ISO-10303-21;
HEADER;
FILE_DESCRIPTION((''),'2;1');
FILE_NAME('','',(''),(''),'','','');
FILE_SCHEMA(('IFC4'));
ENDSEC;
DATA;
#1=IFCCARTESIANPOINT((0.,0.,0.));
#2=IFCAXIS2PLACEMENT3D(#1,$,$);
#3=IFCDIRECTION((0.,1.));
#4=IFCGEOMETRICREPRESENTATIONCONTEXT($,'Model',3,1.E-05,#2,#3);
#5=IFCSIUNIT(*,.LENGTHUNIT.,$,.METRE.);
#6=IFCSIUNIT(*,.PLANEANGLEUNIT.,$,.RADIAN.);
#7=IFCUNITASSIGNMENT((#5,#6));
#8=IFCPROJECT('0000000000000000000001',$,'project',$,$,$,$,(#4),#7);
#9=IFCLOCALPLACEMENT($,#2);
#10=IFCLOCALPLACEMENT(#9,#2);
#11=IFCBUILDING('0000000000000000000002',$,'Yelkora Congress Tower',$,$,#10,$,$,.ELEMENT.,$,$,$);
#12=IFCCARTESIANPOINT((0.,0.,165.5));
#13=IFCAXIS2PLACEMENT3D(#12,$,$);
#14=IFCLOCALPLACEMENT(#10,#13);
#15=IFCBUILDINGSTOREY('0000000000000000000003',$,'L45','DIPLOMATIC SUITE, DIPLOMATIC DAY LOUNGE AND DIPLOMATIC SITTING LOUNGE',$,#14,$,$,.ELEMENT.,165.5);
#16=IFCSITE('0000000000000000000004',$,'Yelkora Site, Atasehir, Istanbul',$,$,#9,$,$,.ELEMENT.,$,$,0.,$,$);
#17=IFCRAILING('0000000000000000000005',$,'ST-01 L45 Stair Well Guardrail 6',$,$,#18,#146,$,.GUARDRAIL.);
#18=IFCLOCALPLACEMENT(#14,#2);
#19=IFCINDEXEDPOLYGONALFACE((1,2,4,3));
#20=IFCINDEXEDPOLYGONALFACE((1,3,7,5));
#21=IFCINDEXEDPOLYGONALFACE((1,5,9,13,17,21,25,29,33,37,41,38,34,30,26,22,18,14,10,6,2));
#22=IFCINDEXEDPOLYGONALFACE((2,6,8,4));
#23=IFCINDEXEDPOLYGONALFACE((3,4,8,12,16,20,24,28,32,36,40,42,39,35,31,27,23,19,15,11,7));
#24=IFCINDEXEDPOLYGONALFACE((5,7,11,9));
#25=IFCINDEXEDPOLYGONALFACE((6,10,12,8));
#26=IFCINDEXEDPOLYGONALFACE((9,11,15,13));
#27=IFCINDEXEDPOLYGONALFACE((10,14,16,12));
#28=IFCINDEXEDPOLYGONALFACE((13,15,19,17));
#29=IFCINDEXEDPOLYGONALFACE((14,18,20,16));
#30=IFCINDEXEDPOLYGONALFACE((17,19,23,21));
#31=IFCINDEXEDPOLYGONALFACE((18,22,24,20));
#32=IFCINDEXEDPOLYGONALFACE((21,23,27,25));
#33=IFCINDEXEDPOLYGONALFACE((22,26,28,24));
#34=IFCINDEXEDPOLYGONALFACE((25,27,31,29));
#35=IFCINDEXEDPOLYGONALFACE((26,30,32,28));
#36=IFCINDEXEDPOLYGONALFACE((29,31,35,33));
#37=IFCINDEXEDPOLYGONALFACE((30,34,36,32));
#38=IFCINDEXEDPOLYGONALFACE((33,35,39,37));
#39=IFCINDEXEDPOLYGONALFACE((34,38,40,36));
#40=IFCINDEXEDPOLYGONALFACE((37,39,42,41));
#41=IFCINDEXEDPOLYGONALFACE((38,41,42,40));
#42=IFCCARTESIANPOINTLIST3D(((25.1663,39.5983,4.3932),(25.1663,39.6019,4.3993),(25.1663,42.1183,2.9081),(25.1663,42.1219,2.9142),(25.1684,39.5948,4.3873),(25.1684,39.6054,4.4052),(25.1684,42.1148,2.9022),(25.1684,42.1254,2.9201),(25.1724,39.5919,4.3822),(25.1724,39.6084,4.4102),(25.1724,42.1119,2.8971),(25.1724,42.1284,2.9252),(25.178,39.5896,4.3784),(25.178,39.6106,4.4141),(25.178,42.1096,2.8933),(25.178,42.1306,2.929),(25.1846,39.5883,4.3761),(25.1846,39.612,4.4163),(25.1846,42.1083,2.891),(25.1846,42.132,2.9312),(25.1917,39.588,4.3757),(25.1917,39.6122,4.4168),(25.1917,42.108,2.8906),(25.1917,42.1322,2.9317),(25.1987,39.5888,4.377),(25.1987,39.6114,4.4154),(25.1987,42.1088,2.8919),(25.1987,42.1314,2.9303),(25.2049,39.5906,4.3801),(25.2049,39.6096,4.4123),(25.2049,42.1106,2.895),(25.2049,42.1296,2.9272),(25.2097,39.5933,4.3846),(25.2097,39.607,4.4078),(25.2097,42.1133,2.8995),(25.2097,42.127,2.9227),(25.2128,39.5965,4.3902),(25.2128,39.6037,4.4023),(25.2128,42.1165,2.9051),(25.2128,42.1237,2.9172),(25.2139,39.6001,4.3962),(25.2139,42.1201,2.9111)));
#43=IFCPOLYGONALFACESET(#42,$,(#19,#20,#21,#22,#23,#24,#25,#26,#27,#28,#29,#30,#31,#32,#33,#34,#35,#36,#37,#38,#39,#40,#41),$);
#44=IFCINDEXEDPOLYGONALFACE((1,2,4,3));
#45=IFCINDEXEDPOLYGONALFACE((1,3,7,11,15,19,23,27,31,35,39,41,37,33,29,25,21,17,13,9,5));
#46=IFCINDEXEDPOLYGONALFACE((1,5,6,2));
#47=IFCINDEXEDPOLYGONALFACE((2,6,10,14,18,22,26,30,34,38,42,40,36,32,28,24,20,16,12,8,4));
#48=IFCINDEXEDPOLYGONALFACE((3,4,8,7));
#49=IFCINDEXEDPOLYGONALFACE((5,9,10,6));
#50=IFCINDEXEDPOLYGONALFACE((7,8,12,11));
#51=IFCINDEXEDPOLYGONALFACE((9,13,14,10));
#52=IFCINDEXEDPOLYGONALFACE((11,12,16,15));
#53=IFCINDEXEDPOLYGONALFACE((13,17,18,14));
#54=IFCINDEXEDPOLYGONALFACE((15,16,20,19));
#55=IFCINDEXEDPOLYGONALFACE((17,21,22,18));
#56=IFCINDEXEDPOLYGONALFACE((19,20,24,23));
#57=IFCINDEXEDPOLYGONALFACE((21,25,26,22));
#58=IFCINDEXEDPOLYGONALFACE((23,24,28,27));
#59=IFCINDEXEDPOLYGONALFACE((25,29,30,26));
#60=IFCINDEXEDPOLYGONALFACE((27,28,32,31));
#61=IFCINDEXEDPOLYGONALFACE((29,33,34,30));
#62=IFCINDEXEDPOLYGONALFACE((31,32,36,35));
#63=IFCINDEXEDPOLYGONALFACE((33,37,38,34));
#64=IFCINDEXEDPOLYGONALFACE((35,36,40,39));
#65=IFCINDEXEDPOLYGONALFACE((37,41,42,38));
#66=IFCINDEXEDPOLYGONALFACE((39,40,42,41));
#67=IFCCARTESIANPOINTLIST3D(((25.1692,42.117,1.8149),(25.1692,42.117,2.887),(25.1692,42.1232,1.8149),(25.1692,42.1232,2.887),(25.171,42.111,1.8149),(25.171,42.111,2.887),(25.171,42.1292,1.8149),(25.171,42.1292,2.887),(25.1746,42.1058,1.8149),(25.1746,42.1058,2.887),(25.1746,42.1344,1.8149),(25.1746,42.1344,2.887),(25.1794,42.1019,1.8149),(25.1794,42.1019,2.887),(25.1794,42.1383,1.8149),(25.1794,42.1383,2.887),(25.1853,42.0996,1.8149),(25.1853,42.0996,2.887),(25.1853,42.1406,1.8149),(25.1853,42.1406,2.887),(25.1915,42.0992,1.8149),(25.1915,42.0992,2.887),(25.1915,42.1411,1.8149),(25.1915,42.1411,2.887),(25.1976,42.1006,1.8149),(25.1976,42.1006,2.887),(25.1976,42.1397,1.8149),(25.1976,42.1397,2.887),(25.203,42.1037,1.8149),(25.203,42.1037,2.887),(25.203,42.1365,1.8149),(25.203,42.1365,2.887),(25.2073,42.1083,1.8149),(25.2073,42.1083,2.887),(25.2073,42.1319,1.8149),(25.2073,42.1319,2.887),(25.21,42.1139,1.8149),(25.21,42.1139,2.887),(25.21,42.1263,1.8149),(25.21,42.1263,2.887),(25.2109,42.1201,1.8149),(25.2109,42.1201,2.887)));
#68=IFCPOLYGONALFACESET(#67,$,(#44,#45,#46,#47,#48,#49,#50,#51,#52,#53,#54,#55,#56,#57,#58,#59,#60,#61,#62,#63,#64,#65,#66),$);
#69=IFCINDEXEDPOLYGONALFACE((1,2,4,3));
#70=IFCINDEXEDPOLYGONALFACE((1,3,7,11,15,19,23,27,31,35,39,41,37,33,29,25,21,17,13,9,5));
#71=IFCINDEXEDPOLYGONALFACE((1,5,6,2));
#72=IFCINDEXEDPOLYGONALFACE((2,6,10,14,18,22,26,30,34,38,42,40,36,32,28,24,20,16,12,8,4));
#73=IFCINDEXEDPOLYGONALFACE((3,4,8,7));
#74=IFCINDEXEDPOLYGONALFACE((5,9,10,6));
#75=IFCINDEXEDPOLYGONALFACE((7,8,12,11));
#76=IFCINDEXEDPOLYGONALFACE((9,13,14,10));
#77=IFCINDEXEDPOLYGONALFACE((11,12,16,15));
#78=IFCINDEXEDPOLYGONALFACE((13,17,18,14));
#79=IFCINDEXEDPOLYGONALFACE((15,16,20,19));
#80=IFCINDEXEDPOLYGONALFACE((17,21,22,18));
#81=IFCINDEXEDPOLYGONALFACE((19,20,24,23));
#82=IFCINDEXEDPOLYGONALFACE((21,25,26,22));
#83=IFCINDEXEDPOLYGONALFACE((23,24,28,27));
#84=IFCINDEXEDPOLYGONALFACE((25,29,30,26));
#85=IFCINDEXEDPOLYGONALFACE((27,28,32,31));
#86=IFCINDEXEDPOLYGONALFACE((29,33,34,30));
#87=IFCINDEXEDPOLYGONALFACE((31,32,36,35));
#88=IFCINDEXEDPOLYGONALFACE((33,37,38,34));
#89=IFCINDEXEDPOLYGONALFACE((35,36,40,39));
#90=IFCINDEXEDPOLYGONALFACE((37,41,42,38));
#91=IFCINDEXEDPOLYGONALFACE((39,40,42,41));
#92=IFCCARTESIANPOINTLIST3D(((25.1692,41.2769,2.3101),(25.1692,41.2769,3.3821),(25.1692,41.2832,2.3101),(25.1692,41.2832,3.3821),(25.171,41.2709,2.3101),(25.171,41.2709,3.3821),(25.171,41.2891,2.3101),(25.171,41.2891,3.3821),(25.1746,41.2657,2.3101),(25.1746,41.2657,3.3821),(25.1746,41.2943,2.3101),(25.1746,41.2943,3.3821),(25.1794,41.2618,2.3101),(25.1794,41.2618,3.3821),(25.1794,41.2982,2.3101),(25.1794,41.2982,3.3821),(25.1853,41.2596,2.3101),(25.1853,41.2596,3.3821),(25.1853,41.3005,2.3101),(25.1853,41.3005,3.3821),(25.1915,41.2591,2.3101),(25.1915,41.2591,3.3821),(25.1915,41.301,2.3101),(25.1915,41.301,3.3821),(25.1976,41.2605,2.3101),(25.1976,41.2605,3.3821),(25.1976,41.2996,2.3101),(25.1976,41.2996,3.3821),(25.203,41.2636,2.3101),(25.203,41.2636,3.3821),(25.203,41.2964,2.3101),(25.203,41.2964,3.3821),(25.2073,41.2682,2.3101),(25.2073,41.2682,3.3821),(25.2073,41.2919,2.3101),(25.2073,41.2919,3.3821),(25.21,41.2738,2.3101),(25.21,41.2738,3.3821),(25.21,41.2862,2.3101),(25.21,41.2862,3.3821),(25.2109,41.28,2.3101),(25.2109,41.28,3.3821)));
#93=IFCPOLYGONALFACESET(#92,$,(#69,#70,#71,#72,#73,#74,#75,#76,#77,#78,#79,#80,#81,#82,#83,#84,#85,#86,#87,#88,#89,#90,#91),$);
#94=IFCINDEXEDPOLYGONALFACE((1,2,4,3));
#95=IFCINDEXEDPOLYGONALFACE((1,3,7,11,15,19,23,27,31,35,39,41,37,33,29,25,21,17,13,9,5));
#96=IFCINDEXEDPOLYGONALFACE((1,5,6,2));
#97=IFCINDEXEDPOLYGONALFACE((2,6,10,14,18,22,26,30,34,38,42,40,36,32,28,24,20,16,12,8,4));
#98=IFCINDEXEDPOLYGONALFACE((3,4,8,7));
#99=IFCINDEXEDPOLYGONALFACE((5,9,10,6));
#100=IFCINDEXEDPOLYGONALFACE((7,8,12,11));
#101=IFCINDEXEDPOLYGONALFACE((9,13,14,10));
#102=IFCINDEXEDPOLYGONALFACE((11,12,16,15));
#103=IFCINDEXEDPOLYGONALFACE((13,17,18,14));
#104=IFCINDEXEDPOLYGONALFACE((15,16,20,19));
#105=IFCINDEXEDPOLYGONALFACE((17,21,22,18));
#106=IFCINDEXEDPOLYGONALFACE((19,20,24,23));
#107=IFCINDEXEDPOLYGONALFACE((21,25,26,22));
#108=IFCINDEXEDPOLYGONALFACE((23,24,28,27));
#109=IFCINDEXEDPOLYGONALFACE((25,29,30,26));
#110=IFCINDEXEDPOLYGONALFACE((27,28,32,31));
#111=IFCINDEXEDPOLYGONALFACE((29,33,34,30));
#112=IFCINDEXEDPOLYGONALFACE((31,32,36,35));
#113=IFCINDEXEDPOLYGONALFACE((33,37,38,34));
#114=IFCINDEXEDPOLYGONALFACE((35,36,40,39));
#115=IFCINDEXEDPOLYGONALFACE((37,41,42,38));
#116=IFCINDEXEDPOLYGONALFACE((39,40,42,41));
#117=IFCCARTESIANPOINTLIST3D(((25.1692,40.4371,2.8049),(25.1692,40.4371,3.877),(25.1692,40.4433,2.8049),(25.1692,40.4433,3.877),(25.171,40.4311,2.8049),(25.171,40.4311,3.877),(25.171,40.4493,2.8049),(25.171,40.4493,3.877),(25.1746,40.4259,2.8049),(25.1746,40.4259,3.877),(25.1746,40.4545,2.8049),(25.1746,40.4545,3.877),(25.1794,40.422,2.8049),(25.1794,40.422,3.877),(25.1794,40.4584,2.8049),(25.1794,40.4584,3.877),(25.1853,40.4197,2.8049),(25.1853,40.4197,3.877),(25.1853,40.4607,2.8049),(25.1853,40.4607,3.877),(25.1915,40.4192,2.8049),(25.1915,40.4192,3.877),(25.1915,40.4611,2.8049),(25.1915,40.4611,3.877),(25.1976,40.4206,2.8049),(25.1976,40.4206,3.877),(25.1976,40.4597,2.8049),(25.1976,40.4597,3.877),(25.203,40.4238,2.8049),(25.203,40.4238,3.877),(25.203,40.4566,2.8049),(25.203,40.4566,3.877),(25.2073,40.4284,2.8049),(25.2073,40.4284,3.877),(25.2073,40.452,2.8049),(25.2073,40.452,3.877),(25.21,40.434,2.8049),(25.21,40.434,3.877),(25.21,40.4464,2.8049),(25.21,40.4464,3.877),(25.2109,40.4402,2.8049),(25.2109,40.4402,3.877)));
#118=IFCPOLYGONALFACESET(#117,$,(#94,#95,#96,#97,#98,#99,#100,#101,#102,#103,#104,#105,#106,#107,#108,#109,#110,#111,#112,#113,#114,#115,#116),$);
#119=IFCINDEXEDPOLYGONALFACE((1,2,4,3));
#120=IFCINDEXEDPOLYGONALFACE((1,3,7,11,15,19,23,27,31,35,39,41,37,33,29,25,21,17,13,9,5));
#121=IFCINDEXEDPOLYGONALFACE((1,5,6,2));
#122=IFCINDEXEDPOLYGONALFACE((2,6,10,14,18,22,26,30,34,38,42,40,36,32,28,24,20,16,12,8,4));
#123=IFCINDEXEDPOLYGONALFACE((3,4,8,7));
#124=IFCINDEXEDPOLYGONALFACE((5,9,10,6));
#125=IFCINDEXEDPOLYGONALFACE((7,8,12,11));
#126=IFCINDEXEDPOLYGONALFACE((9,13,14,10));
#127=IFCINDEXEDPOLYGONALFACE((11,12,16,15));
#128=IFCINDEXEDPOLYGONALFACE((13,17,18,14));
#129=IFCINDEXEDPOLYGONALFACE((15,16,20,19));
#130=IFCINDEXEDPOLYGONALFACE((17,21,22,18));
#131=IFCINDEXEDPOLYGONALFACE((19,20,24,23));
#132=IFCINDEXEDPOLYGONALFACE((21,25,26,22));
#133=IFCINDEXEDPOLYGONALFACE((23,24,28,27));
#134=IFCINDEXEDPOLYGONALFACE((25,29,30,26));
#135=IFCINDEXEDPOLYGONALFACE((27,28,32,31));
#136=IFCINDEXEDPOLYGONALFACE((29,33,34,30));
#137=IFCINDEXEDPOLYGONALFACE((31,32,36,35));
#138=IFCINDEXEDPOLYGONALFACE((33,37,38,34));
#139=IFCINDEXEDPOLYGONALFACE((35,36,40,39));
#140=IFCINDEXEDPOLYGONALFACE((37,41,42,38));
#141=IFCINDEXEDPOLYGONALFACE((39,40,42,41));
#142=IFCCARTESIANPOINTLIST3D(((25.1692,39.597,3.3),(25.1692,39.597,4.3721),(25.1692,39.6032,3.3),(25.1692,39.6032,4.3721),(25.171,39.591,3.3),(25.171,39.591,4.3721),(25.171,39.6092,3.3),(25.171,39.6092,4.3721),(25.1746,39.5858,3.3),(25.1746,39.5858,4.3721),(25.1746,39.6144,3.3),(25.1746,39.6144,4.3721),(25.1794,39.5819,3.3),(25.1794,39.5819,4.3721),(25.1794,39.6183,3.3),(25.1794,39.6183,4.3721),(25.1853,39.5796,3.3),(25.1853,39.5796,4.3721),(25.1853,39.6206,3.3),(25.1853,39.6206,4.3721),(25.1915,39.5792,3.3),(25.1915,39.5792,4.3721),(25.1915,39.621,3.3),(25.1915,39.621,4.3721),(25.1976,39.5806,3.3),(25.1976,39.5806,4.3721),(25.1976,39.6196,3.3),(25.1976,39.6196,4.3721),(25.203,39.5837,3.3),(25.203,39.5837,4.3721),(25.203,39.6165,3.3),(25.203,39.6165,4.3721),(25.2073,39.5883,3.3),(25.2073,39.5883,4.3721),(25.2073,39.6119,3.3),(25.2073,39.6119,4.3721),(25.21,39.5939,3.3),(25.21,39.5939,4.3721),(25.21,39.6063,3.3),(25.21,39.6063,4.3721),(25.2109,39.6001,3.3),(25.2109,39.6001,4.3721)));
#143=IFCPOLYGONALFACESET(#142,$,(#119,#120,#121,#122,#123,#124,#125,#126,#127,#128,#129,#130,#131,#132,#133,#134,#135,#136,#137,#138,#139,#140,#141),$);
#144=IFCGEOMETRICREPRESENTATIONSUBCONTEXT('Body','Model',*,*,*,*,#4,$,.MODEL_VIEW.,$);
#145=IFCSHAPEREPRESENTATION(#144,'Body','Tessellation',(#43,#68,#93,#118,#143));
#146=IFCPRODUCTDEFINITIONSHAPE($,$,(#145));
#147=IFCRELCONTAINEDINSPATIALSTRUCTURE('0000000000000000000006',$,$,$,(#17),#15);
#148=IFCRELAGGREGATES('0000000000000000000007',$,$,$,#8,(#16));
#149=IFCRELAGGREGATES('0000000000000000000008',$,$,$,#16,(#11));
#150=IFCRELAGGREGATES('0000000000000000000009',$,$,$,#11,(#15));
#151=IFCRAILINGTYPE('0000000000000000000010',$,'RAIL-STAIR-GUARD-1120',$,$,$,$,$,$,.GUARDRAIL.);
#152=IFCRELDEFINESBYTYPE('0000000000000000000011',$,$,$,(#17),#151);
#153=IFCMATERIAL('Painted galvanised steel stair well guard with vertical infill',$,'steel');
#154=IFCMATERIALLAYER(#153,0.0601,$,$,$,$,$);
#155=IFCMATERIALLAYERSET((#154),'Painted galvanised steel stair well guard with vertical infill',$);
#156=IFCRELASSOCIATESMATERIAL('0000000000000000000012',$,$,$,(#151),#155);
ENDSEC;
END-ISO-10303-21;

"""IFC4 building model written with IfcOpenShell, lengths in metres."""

from ifc_helpers import new_model, si_unit, direction, frame, origin, origin_2d, place, context, subcontext, project, spatial, circle, extrude, material, layer, layer_set, type_object, element, save


model = new_model("IFC4")

# Units and contexts
model_context = context("Model", 3, precision=1e-05, world=origin(), true_north=direction((0.0, 1.0)))
body_context = subcontext(model_context, "Body", "Model", "MODEL_VIEW")
ifc_project = project(units=[si_unit("LENGTHUNIT", "METRE"), si_unit("PLANEANGLEUNIT", "RADIAN")], contexts=[model_context])

# Site, building, storey
site_placement = place(None, origin())
site = spatial("IfcSite", under=ifc_project, at=site_placement, Name="Yelkora Site, Atasehir, Istanbul", CompositionType="ELEMENT", RefElevation=0.0)
building_placement = place(site_placement, origin())
building = spatial("IfcBuilding", under=site, at=building_placement, Name="Yelkora Congress Tower", CompositionType="ELEMENT")
storey_placement = place(building_placement, frame((0.0, 0.0, 165.5)))
storey = spatial("IfcBuildingStorey", under=building, at=storey_placement, Name="L45", Description="DIPLOMATIC SUITE, DIPLOMATIC DAY LOUNGE AND DIPLOMATIC SITTING LOUNGE", CompositionType="ELEMENT", Elevation=165.5)

# Railing
ifc_material_1 = material(Name="Painted galvanised steel stair well guard with vertical infill", Category="steel")
ifc_layer_1 = layer(ifc_material_1, 0.0601)
ifc_layer_set_1 = layer_set([ifc_layer_1], Name="Painted galvanised steel stair well guard with vertical infill")
railing_type = type_object("IfcRailingType", Name="RAIL-STAIR-GUARD-1120", PredefinedType="GUARDRAIL", material=ifc_layer_set_1)
railing_1_placement = place(storey_placement, frame((25.1899, 42.1201, 1.8149)))
element("IfcRailing", 1, at=railing_1_placement, inside=storey, type_object=railing_type, Name="ST-01 L45 Stair Well Guardrail 6", PredefinedType="GUARDRAIL", context=body_context, shape_type="SweptSolid", body=[
    extrude(circle(Radius=0.0239, at=origin_2d()), frame((0.0, 0.0, 1.0962), z_axis=(0.0, -0.861524, 0.507717), x_axis=(1.0, 0.0, 0.0)), (0.0, 0.0, 1.0), 2.925),
    extrude(circle(Radius=0.021, at=origin_2d()), origin(), (0.0, 0.0, 1.0), 1.072),
    extrude(circle(Radius=0.021, at=origin_2d()), frame((0.0, -0.8401, 0.4951)), (0.0, 0.0, 1.0), 1.072),
    extrude(circle(Radius=0.021, at=origin_2d()), frame((0.0, -1.6799, 0.99)), (0.0, 0.0, 1.0), 1.072),
    extrude(circle(Radius=0.021, at=origin_2d()), frame((0.0, -2.52, 1.4851)), (0.0, 0.0, 1.0), 1.072),
])

save(model, "model.ifc")
